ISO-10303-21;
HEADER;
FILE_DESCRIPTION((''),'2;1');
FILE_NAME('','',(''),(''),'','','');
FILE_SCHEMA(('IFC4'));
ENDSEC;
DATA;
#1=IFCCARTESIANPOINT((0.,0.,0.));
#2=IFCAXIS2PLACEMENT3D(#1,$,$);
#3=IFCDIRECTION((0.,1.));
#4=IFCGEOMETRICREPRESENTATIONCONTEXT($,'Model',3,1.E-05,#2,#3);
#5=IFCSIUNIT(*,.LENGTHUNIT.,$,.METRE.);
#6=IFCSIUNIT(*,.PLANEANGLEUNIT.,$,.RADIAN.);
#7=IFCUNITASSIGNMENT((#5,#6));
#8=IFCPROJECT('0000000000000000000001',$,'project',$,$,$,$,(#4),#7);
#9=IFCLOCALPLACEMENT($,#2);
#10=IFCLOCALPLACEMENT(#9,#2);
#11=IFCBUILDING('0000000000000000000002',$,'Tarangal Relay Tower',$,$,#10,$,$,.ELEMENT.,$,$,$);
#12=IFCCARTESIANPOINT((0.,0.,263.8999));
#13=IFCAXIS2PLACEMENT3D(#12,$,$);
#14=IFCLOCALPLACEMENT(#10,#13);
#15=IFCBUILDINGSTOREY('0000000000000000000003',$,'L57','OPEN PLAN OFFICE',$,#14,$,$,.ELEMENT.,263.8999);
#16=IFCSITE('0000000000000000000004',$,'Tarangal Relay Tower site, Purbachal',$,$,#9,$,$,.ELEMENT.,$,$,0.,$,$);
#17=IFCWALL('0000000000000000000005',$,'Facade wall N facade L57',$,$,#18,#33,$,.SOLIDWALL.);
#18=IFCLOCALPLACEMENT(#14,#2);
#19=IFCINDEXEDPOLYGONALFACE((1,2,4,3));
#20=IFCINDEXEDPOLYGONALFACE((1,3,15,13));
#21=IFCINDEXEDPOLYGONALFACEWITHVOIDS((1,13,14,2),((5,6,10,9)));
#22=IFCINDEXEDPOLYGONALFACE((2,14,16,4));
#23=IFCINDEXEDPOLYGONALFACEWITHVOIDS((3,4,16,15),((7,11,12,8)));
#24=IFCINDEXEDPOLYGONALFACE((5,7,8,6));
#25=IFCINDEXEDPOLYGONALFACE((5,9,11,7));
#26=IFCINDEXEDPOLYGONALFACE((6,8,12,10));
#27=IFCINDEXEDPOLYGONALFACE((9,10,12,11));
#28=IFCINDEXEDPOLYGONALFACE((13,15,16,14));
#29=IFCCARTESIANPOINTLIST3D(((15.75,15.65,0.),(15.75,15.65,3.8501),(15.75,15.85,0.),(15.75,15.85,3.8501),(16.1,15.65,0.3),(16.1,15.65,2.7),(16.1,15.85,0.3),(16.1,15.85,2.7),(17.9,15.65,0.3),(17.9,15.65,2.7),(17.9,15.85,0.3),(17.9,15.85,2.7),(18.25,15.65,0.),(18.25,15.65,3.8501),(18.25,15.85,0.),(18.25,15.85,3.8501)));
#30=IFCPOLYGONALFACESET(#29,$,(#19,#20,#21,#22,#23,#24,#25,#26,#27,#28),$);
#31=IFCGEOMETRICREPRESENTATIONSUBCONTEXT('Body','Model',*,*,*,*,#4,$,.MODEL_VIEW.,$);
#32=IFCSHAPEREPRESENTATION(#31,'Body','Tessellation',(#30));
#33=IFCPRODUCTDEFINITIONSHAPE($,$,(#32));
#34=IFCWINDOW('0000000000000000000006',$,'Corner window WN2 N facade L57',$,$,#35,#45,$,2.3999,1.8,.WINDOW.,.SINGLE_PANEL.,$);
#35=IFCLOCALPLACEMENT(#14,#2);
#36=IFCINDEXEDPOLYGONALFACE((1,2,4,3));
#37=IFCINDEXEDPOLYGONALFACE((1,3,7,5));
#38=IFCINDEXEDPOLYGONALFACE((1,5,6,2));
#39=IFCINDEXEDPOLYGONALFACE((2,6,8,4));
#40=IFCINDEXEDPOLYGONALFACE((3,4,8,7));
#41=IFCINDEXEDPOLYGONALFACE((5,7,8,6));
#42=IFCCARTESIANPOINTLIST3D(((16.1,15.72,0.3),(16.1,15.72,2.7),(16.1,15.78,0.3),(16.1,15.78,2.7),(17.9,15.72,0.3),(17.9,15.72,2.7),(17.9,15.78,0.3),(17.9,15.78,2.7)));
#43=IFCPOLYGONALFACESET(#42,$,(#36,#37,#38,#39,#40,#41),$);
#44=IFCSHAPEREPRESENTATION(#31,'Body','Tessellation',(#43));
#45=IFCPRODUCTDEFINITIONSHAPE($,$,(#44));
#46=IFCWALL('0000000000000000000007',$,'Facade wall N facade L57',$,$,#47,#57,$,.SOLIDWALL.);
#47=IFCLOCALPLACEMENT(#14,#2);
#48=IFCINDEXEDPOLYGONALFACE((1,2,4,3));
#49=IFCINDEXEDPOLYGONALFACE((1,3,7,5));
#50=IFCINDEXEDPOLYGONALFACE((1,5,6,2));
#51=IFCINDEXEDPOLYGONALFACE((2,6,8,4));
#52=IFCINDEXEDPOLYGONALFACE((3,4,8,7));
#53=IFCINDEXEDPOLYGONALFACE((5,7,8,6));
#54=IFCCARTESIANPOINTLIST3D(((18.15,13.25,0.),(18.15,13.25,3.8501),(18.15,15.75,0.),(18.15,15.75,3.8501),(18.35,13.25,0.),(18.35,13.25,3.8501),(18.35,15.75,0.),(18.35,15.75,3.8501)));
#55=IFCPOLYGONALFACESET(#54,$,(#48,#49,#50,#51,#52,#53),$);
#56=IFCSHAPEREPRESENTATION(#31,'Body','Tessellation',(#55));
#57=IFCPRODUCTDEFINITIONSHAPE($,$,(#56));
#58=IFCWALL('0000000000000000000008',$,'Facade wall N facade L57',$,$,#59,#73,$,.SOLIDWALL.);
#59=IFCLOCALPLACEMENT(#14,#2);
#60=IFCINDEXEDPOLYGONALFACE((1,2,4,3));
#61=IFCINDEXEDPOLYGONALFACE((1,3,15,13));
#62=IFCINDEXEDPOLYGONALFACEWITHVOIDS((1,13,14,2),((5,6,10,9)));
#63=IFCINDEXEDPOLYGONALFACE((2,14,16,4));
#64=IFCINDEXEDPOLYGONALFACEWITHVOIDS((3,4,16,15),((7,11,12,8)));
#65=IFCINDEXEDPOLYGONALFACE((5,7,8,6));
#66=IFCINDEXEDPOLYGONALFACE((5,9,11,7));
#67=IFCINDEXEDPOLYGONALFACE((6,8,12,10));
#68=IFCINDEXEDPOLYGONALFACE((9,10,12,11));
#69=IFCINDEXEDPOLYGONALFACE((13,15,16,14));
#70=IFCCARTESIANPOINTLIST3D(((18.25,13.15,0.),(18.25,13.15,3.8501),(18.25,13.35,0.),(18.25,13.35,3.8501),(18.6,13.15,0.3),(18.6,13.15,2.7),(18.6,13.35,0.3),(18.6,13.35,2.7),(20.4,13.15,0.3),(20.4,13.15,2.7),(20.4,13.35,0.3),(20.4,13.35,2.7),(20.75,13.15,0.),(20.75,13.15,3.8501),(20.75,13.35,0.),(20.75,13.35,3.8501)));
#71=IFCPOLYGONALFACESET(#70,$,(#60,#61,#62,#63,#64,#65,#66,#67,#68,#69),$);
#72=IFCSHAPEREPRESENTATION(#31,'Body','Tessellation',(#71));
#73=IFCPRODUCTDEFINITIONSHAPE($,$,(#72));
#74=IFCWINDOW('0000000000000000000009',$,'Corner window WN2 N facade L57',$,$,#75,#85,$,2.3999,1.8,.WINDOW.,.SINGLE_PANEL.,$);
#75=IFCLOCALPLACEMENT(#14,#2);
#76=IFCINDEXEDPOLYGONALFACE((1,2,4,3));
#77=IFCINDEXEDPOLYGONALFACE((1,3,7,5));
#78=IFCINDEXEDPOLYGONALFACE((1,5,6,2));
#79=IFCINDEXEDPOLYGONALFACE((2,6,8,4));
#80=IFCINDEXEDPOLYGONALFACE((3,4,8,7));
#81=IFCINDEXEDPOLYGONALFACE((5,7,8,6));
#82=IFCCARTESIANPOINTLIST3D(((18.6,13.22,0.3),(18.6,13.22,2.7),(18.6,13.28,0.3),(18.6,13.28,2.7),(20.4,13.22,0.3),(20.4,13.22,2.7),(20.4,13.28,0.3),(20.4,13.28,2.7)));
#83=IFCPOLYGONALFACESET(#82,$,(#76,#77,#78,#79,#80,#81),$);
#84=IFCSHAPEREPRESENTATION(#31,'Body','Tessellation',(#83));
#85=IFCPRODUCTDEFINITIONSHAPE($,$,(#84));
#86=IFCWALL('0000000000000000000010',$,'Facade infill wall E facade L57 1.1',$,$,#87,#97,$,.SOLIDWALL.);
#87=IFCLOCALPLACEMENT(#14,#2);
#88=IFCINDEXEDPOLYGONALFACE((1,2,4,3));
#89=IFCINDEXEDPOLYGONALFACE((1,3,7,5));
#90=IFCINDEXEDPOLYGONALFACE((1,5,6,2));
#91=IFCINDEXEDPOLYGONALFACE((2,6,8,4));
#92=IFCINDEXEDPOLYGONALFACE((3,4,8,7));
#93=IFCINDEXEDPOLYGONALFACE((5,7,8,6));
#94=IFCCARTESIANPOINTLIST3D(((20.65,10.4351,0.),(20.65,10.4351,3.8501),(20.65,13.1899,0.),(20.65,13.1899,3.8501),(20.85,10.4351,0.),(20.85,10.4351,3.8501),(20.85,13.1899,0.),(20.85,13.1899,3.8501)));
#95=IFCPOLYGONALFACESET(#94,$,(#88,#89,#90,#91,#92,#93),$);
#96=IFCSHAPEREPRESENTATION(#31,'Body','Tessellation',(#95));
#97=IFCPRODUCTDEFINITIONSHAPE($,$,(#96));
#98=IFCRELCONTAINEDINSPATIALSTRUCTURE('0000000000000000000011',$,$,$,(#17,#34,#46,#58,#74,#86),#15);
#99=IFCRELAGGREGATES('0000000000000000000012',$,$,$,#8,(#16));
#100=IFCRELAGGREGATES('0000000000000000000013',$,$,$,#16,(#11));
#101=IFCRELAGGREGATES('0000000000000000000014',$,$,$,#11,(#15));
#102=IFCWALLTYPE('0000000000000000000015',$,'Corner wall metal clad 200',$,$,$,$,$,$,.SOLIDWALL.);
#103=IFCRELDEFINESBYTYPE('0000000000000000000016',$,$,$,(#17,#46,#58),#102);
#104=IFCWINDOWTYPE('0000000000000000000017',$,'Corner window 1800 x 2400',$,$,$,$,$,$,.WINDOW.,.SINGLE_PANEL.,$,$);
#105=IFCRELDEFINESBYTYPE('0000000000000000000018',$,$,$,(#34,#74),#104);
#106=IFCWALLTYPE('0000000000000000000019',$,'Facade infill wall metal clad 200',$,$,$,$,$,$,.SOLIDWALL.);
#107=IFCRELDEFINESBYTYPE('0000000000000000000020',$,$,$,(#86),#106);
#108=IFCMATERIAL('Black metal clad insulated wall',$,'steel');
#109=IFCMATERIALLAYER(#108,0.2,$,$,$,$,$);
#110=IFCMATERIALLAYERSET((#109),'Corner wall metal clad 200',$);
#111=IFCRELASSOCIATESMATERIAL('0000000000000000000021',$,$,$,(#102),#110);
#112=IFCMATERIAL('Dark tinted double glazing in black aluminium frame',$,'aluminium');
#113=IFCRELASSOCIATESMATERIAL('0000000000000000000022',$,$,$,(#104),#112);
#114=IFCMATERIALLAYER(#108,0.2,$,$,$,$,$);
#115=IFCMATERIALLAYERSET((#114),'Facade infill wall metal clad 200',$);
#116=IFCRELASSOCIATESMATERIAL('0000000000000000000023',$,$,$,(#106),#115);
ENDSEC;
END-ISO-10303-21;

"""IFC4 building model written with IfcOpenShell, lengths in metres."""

from ifc_helpers import new_model, si_unit, direction, frame, frame_2d, origin, place, context, subcontext, project, spatial, rectangle, extrude, material, layer, layer_set, type_object, element, fill, save


model = new_model("IFC4")

# Units and contexts
model_context = context("Model", 3, precision=1e-05, world=origin(), true_north=direction((0.0, 1.0)))
body_context = subcontext(model_context, "Body", "Model", "MODEL_VIEW")
ifc_project = project(units=[si_unit("LENGTHUNIT", "METRE"), si_unit("PLANEANGLEUNIT", "RADIAN")], contexts=[model_context])

# Site, building, storey
site_placement = place(None, origin())
site = spatial("IfcSite", under=ifc_project, at=site_placement, Name="Tarangal Relay Tower site, Purbachal", CompositionType="ELEMENT", RefElevation=0.0)
building_placement = place(site_placement, origin())
building = spatial("IfcBuilding", under=site, at=building_placement, Name="Tarangal Relay Tower", CompositionType="ELEMENT")
storey_placement = place(building_placement, frame((0.0, 0.0, 263.8999)))
storey = spatial("IfcBuildingStorey", under=building, at=storey_placement, Name="L57", Description="OPEN PLAN OFFICE", CompositionType="ELEMENT", Elevation=263.8999)

# Shared definitions
ifc_material_1 = material(Name="Black metal clad insulated wall", Category="steel")
ifc_layer_1 = layer(ifc_material_1, 0.2)
ifc_layer_set_1 = layer_set([ifc_layer_1], Name="Corner wall metal clad 200")
wall_type_1 = type_object("IfcWallType", Name="Corner wall metal clad 200", PredefinedType="SOLIDWALL", material=ifc_layer_set_1)

# Shared definitions
ifc_material_2 = material(Name="Dark tinted double glazing in black aluminium frame", Category="aluminium")
window_type = type_object("IfcWindowType", Name="Corner window 1800 x 2400", PartitioningType="SINGLE_PANEL", PredefinedType="WINDOW", material=ifc_material_2)

# Wall, opening, window
wall_1_placement = place(storey_placement, frame((15.75, 15.75, 0.0), z_axis=(0.0, 0.0, 1.0), x_axis=(1.0, 0.0, 0.0)))
wall_1 = element("IfcWall", 1, at=wall_1_placement, inside=storey, type_object=wall_type_1, Name="Facade wall N facade L57", PredefinedType="SOLIDWALL", context=body_context, shape_type="SweptSolid", body=[
    extrude(rectangle(XDim=2.5, YDim=0.2, at=frame_2d((1.25, 0.0))), origin(), (0.0, 0.0, 1.0), 3.8501),
])
opening_1_placement = place(wall_1_placement, frame((0.3501, 0.0, 0.3)))
opening_1 = element("IfcOpeningElement", 2, at=opening_1_placement, cuts=wall_1, PredefinedType="OPENING", context=body_context, shape_type="SweptSolid", body=[
    extrude(rectangle(XDim=1.8, YDim=2.3999, at=frame_2d((0.8999, 1.2))), frame((0.0, 0.1099, 0.0), z_axis=(0.0, -1.0, 0.0), x_axis=(1.0, 0.0, 0.0)), (0.0, 0.0, 1.0), 0.22),
])
window_1_placement = place(opening_1_placement, origin())
window_1 = element("IfcWindow", 3, at=window_1_placement, inside=storey, type_object=window_type, Name="Corner window WN2 N facade L57", OverallHeight=2.3999, OverallWidth=1.8, PartitioningType="SINGLE_PANEL", PredefinedType="WINDOW", context=body_context, shape_type="SweptSolid", body=[
    extrude(rectangle(XDim=1.8, YDim=2.3999, at=frame_2d((0.8999, 1.2))), frame((0.0, 0.03, 0.0), z_axis=(0.0, -1.0, 0.0), x_axis=(1.0, 0.0, 0.0)), (0.0, 0.0, 1.0), 0.0601),
])
fill(opening_1, window_1)

# Wall
wall_2_placement = place(storey_placement, frame((18.25, 15.75, 0.0), z_axis=(0.0, 0.0, 1.0), x_axis=(0.0, -1.0, 0.0)))
element("IfcWall", 4, at=wall_2_placement, inside=storey, type_object=wall_type_1, Name="Facade wall N facade L57", PredefinedType="SOLIDWALL", context=body_context, shape_type="SweptSolid", body=[
    extrude(rectangle(XDim=2.5, YDim=0.2, at=frame_2d((1.25, 0.0))), origin(), (0.0, 0.0, 1.0), 3.8501),
])

# Wall, opening, window
wall_3_placement = place(storey_placement, frame((18.25, 13.25, 0.0), z_axis=(0.0, 0.0, 1.0), x_axis=(1.0, 0.0, 0.0)))
wall_3 = element("IfcWall", 5, at=wall_3_placement, inside=storey, type_object=wall_type_1, Name="Facade wall N facade L57", PredefinedType="SOLIDWALL", context=body_context, shape_type="SweptSolid", body=[
    extrude(rectangle(XDim=2.5, YDim=0.2, at=frame_2d((1.25, 0.0))), origin(), (0.0, 0.0, 1.0), 3.8501),
])
opening_2_placement = place(wall_3_placement, frame((0.3501, 0.0, 0.3)))
opening_2 = element("IfcOpeningElement", 6, at=opening_2_placement, cuts=wall_3, PredefinedType="OPENING", context=body_context, shape_type="SweptSolid", body=[
    extrude(rectangle(XDim=1.8, YDim=2.3999, at=frame_2d((0.8999, 1.2))), frame((0.0, 0.1099, 0.0), z_axis=(0.0, -1.0, 0.0), x_axis=(1.0, 0.0, 0.0)), (0.0, 0.0, 1.0), 0.22),
])
window_2_placement = place(opening_2_placement, origin())
window_2 = element("IfcWindow", 7, at=window_2_placement, inside=storey, type_object=window_type, Name="Corner window WN2 N facade L57", OverallHeight=2.3999, OverallWidth=1.8, PartitioningType="SINGLE_PANEL", PredefinedType="WINDOW", context=body_context, shape_type="SweptSolid", body=[
    extrude(rectangle(XDim=1.8, YDim=2.3999, at=frame_2d((0.8999, 1.2))), frame((0.0, 0.03, 0.0), z_axis=(0.0, -1.0, 0.0), x_axis=(1.0, 0.0, 0.0)), (0.0, 0.0, 1.0), 0.0601),
])
fill(opening_2, window_2)

# Wall
ifc_layer_2 = layer(ifc_material_1, 0.2)
ifc_layer_set_2 = layer_set([ifc_layer_2], Name="Facade infill wall metal clad 200")
wall_type_2 = type_object("IfcWallType", Name="Facade infill wall metal clad 200", PredefinedType="SOLIDWALL", material=ifc_layer_set_2)
wall_4_placement = place(storey_placement, frame((20.75, 13.1899, 0.0), z_axis=(0.0, 0.0, 1.0), x_axis=(0.0, -1.0, 0.0)))
element("IfcWall", 8, at=wall_4_placement, inside=storey, type_object=wall_type_2, Name="Facade infill wall E facade L57 1.1", PredefinedType="SOLIDWALL", context=body_context, shape_type="SweptSolid", body=[
    extrude(rectangle(XDim=2.7549, YDim=0.2, at=frame_2d((1.3774, 0.0))), origin(), (0.0, 0.0, 1.0), 3.8501),
])

save(model, "model.ifc")
